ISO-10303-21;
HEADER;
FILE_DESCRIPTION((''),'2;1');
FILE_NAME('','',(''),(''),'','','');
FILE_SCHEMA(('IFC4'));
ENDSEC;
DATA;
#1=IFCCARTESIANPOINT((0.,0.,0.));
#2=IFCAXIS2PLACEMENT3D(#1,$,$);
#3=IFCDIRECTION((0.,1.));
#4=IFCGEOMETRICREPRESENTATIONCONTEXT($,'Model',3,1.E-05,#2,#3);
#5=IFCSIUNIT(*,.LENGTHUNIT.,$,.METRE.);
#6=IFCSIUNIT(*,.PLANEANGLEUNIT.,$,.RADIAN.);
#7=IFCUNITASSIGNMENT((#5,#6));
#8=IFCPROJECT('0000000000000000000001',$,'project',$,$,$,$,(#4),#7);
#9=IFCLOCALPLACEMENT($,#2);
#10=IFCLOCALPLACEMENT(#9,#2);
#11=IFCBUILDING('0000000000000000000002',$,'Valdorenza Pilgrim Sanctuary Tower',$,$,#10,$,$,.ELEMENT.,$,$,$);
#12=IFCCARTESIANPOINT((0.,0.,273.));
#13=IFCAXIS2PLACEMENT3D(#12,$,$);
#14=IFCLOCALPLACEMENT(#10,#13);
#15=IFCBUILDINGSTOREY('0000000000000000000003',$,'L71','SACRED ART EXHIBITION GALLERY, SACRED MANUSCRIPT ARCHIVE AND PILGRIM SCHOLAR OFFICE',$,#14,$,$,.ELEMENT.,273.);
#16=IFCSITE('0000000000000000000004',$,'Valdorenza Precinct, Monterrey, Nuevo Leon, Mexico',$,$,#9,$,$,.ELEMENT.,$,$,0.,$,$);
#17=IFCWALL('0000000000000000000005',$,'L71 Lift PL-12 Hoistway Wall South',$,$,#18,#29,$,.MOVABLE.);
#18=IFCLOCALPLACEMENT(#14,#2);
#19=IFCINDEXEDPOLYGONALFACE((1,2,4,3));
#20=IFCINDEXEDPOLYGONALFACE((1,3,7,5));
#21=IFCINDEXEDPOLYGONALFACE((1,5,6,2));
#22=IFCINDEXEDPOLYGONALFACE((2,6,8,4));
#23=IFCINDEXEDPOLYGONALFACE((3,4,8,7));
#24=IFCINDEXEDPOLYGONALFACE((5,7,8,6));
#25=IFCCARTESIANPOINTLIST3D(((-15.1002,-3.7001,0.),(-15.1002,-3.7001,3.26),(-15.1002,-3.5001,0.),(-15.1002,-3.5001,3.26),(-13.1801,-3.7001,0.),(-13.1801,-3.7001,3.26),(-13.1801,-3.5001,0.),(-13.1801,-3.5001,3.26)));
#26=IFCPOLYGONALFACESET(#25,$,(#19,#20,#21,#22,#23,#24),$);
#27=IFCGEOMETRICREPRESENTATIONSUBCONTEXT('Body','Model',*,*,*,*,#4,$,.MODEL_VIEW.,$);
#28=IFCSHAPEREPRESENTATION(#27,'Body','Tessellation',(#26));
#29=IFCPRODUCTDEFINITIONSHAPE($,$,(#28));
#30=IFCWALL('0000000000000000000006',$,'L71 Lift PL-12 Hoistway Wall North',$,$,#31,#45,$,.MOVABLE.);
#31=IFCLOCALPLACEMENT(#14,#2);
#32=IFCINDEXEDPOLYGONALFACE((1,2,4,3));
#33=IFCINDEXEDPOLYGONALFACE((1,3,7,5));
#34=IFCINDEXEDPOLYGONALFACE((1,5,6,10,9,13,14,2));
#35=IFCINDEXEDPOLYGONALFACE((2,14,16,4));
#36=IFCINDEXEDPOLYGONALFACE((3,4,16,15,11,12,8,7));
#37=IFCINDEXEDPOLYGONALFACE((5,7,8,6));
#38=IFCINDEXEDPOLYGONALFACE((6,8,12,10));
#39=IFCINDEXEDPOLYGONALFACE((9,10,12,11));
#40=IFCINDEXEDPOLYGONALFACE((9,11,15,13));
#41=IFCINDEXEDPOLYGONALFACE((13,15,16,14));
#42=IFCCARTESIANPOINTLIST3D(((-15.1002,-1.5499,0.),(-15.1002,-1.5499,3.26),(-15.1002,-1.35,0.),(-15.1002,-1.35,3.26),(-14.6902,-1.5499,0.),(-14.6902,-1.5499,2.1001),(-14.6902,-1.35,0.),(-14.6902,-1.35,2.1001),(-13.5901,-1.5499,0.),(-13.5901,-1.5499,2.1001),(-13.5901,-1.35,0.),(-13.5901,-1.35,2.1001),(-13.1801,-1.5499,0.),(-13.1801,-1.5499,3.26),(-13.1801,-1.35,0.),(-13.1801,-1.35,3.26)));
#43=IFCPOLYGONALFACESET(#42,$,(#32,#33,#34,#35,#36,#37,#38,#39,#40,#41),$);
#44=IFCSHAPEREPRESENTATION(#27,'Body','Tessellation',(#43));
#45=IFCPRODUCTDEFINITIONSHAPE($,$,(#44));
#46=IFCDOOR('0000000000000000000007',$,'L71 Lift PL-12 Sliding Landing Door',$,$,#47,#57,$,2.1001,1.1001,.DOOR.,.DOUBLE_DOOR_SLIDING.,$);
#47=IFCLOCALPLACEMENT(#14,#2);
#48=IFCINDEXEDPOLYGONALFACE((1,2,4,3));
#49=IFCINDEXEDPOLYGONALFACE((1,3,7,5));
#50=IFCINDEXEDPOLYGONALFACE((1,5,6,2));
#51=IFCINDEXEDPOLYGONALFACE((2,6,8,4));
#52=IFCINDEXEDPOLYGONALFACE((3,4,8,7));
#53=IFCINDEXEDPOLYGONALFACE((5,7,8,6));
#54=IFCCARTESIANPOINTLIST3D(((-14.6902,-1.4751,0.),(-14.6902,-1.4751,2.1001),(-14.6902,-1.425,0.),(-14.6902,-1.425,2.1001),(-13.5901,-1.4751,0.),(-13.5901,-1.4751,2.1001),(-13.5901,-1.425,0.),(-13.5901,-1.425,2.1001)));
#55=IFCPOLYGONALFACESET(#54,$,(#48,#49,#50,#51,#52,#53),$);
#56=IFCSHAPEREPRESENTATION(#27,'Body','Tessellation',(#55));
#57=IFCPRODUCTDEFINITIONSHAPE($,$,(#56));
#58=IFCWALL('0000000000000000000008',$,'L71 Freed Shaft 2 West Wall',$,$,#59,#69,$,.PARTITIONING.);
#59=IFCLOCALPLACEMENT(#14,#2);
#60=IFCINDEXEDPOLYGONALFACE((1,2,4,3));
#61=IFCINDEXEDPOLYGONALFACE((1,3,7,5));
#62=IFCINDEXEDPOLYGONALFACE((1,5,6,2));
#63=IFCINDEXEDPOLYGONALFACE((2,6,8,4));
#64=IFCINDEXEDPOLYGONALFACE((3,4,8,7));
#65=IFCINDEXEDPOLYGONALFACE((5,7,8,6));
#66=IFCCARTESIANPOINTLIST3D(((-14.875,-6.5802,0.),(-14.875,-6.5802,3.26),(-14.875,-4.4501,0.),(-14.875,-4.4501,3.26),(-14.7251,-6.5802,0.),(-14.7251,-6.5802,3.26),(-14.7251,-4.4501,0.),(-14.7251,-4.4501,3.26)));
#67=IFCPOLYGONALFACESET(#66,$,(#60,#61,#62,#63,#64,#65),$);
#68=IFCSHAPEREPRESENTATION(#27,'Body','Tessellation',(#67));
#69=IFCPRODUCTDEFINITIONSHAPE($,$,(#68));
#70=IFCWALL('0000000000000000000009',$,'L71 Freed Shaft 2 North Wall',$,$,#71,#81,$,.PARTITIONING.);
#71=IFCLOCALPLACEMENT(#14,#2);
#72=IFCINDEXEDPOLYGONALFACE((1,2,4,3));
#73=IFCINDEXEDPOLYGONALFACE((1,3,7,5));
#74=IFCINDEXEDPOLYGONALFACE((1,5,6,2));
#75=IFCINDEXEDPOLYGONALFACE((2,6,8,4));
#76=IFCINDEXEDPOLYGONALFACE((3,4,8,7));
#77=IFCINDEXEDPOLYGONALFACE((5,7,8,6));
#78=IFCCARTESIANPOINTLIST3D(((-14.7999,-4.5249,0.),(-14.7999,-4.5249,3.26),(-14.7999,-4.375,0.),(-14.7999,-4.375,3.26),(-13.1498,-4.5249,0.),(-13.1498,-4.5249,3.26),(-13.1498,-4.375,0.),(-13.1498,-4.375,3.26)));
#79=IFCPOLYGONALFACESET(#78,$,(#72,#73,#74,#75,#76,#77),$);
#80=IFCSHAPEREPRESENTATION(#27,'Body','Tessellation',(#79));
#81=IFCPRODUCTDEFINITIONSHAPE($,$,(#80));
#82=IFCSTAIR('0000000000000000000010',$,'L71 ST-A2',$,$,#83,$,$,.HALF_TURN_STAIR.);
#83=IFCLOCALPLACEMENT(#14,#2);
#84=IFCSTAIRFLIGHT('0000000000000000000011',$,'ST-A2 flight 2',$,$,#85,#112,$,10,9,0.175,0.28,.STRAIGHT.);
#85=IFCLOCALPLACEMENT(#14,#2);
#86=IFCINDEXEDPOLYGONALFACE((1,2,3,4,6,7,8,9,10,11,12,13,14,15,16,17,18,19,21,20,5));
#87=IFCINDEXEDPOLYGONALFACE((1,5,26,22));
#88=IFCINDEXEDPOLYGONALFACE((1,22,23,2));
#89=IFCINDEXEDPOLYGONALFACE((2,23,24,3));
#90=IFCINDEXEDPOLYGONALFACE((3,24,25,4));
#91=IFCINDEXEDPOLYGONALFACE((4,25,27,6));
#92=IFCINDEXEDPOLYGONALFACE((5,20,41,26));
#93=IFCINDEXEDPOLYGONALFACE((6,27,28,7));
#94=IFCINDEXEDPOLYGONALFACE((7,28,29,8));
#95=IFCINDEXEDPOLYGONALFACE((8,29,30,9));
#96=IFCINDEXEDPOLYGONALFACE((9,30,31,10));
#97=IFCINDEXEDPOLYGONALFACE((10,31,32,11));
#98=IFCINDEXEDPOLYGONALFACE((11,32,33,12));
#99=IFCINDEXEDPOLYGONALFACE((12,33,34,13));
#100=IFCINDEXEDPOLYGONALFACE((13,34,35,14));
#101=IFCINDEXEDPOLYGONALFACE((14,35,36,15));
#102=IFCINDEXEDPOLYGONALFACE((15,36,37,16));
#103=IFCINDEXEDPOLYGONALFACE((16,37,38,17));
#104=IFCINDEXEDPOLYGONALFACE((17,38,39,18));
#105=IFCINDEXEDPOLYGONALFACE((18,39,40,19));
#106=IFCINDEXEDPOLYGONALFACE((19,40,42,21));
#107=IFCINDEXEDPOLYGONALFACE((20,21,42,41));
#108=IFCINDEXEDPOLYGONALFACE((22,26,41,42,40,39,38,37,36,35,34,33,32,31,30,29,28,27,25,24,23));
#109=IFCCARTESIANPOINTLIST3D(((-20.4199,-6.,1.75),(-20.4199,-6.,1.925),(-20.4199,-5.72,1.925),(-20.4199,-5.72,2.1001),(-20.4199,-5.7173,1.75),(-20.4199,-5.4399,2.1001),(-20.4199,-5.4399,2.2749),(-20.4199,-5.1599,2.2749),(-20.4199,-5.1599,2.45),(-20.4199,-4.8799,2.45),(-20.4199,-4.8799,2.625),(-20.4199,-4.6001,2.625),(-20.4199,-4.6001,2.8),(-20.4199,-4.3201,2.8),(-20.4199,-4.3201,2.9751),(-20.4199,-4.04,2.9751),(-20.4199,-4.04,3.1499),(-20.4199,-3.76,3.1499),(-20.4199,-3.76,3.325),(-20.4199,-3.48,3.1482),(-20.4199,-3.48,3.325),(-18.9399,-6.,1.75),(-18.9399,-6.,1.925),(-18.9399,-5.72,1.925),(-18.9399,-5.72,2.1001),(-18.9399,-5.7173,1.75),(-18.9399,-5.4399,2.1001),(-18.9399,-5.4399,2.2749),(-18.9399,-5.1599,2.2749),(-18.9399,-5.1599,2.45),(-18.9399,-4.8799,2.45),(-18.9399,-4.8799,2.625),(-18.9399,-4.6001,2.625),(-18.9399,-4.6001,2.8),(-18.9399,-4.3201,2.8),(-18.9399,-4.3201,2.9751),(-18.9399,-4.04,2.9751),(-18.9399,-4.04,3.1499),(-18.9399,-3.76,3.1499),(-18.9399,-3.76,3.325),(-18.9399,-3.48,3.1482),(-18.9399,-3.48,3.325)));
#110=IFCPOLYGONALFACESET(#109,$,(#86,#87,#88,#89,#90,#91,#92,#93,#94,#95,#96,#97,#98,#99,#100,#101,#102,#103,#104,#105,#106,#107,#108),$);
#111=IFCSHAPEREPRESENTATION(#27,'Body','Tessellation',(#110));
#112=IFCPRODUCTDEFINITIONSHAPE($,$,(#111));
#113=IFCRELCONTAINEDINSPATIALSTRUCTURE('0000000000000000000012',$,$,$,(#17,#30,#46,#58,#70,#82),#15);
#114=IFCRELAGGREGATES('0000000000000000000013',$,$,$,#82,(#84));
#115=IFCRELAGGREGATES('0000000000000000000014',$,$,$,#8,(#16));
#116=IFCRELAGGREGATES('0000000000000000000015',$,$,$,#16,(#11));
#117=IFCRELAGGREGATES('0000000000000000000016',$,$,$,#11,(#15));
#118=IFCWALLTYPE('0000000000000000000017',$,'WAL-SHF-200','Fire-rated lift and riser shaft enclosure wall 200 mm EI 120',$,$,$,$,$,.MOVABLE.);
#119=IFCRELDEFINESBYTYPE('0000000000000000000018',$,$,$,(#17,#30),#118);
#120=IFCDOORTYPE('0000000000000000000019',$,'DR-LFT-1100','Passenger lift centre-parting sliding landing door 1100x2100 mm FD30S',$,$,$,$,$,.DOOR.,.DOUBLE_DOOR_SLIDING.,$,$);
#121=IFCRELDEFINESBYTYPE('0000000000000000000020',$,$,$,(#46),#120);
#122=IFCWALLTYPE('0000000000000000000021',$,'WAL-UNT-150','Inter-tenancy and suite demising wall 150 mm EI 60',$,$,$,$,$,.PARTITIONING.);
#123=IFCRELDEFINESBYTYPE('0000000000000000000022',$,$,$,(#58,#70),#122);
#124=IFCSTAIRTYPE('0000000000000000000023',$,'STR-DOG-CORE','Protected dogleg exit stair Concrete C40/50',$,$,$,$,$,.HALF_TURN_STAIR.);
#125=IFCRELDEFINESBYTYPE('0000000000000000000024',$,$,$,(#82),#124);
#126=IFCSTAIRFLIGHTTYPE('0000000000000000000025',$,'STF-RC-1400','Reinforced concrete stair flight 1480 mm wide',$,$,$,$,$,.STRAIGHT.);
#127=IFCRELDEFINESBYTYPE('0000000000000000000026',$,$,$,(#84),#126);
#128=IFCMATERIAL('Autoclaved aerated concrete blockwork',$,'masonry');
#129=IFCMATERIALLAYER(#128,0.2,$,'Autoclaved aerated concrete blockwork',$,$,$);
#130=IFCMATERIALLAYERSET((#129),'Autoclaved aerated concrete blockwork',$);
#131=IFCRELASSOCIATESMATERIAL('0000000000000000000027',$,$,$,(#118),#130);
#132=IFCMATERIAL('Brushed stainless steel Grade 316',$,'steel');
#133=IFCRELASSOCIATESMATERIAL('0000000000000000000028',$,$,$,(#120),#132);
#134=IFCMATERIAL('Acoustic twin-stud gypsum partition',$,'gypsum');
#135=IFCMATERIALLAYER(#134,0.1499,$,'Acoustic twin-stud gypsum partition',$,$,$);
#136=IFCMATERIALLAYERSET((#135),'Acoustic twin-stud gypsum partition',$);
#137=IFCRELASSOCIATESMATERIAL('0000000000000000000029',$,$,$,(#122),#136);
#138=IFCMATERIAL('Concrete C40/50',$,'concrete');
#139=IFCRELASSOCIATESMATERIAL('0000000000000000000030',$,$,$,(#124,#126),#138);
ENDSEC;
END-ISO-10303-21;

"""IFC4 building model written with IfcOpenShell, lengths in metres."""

from ifc_helpers import new_model, si_unit, direction, frame, frame_2d, origin, place, context, subcontext, project, spatial, polyline, rectangle, outline, extrude, material, layer, layer_set, type_object, element, fill, aggregate, save


model = new_model("IFC4")

# Units and contexts
model_context = context("Model", 3, precision=1e-05, world=origin(), true_north=direction((0.0, 1.0)))
body_context = subcontext(model_context, "Body", "Model", "MODEL_VIEW")
ifc_project = project(units=[si_unit("LENGTHUNIT", "METRE"), si_unit("PLANEANGLEUNIT", "RADIAN")], contexts=[model_context])

# Site, building, storey
site_placement = place(None, origin())
site = spatial("IfcSite", under=ifc_project, at=site_placement, Name="Valdorenza Precinct, Monterrey, Nuevo Leon, Mexico", CompositionType="ELEMENT", RefElevation=0.0)
building_placement = place(site_placement, origin())
building = spatial("IfcBuilding", under=site, at=building_placement, Name="Valdorenza Pilgrim Sanctuary Tower", CompositionType="ELEMENT")
storey_placement = place(building_placement, frame((0.0, 0.0, 273.0)))
storey = spatial("IfcBuildingStorey", under=building, at=storey_placement, Name="L71", Description="SACRED ART EXHIBITION GALLERY, SACRED MANUSCRIPT ARCHIVE AND PILGRIM SCHOLAR OFFICE", CompositionType="ELEMENT", Elevation=273.0)

# Shared definitions
ifc_material_1 = material(Name="Acoustic twin-stud gypsum partition", Category="gypsum")

# Shared definitions
ifc_material_2 = material(Name="Autoclaved aerated concrete blockwork", Category="masonry")
ifc_layer_1 = layer(ifc_material_2, 0.2, Name="Autoclaved aerated concrete blockwork")
ifc_layer_set_1 = layer_set([ifc_layer_1], Name="Autoclaved aerated concrete blockwork")
wall_type_1 = type_object("IfcWallType", Name="WAL-SHF-200", Description="Fire-rated lift and riser shaft enclosure wall 200 mm EI 120", PredefinedType="MOVABLE", material=ifc_layer_set_1)

# Shared definitions
ifc_material_3 = material(Name="Brushed stainless steel Grade 316", Category="steel")

# Shared definitions
door_type_1 = type_object("IfcDoorType", Name="DR-LFT-1100", Description="Passenger lift centre-parting sliding landing door 1100x2100 mm FD30S", OperationType="DOUBLE_DOOR_SLIDING", PredefinedType="DOOR", material=ifc_material_3)

# Wall
wall_1_placement = place(storey_placement, frame((-15.1001, -3.6001, 0.0), z_axis=(0.0, 0.0, 1.0), x_axis=(1.0, 0.0, 0.0)))
element("IfcWall", 1, at=wall_1_placement, inside=storey, type_object=wall_type_1, Name="L71 Lift PL-12 Hoistway Wall South", PredefinedType="MOVABLE", context=body_context, shape_type="SweptSolid", body=[
    extrude(rectangle(XDim=1.9202, YDim=0.2, at=frame_2d((0.96, 0.0))), origin(), (0.0, 0.0, 1.0), 3.26),
])

# Wall, opening, door
wall_2_placement = place(storey_placement, frame((-15.1001, -1.45, 0.0), z_axis=(0.0, 0.0, 1.0), x_axis=(1.0, 0.0, 0.0)))
wall_2 = element("IfcWall", 2, at=wall_2_placement, inside=storey, type_object=wall_type_1, Name="L71 Lift PL-12 Hoistway Wall North", PredefinedType="MOVABLE", context=body_context, shape_type="SweptSolid", body=[
    extrude(rectangle(XDim=1.9202, YDim=0.2, at=frame_2d((0.96, 0.0))), origin(), (0.0, 0.0, 1.0), 3.26),
])
opening_1_placement = place(wall_2_placement, frame((0.4099, 0.0, 0.0)))
opening_1 = element("IfcOpeningElement", 3, at=opening_1_placement, cuts=wall_2, PredefinedType="OPENING", context=body_context, shape_type="SweptSolid", body=[
    extrude(rectangle(XDim=1.1001, YDim=2.1001, at=frame_2d((0.55, 1.05))), frame((0.0, 0.1147, 0.0), z_axis=(0.0, -1.0, 0.0), x_axis=(1.0, 0.0, 0.0)), (0.0, 0.0, 1.0), 0.2297),
])
door_1_placement = place(opening_1_placement, origin())
door_1 = element("IfcDoor", 4, at=door_1_placement, inside=storey, type_object=door_type_1, Name="L71 Lift PL-12 Sliding Landing Door", OperationType="DOUBLE_DOOR_SLIDING", OverallHeight=2.1001, OverallWidth=1.1001, PredefinedType="DOOR", context=body_context, shape_type="SweptSolid", body=[
    extrude(rectangle(XDim=1.1001, YDim=2.1001, at=frame_2d((0.55, 1.05))), frame((0.0, 0.0249, 0.0), z_axis=(0.0, -1.0, 0.0), x_axis=(1.0, 0.0, 0.0)), (0.0, 0.0, 1.0), 0.05),
])
fill(opening_1, door_1)

# Walls
ifc_layer_2 = layer(ifc_material_1, 0.1499, Name="Acoustic twin-stud gypsum partition")
ifc_layer_set_2 = layer_set([ifc_layer_2], Name="Acoustic twin-stud gypsum partition")
wall_type_2 = type_object("IfcWallType", Name="WAL-UNT-150", Description="Inter-tenancy and suite demising wall 150 mm EI 60", PredefinedType="PARTITIONING", material=ifc_layer_set_2)
wall_3_placement = place(storey_placement, frame((-14.8, -6.5801, 0.0), z_axis=(0.0, 0.0, 1.0), x_axis=(0.0, 1.0, 0.0)))
element("IfcWall", 5, at=wall_3_placement, inside=storey, type_object=wall_type_2, Name="L71 Freed Shaft 2 West Wall", PredefinedType="PARTITIONING", context=body_context, shape_type="SweptSolid", body=[
    extrude(rectangle(XDim=2.1301, YDim=0.1499, at=frame_2d((1.0649, 0.0))), origin(), (0.0, 0.0, 1.0), 3.26),
])
wall_4_placement = place(storey_placement, frame((-14.8, -4.45, 0.0), z_axis=(0.0, 0.0, 1.0), x_axis=(1.0, 0.0, 0.0)))
element("IfcWall", 6, at=wall_4_placement, inside=storey, type_object=wall_type_2, Name="L71 Freed Shaft 2 North Wall", PredefinedType="PARTITIONING", context=body_context, shape_type="SweptSolid", body=[
    extrude(rectangle(XDim=1.6501, YDim=0.1499, at=frame_2d((0.8252, 0.0))), origin(), (0.0, 0.0, 1.0), 3.26),
])

# Stair, stair flight
ifc_material_4 = material(Name="Concrete C40/50", Category="concrete")
stair_type = type_object("IfcStairType", Name="STR-DOG-CORE", Description="Protected dogleg exit stair Concrete C40/50", PredefinedType="HALF_TURN_STAIR", material=ifc_material_4)
stair_placement = place(storey_placement, origin())
stair = element("IfcStair", 7, at=stair_placement, inside=storey, type_object=stair_type, Name="L71 ST-A2", PredefinedType="HALF_TURN_STAIR")
stair_flight_type = type_object("IfcStairFlightType", Name="STF-RC-1400", Description="Reinforced concrete stair flight 1480 mm wide", PredefinedType="STRAIGHT", material=ifc_material_4)
stair_flight_placement = place(storey_placement, frame((-19.6799, -6.0, 1.75), z_axis=(0.0, 0.0, 1.0), x_axis=(0.0, 1.0, 0.0)))
stair_flight = element("IfcStairFlight", 8, at=stair_flight_placement, type_object=stair_flight_type, Name="ST-A2 flight 2", NumberOfRisers=10, NumberOfTreads=9, PredefinedType="STRAIGHT", RiserHeight=0.175, TreadLength=0.28, context=body_context, shape_type="SweptSolid", body=[
    extrude(outline(polyline([(0.0, 0.0), (0.0, 0.175), (0.28, 0.175), (0.28, 0.3501), (0.5601, 0.3501), (0.5601, 0.5249), (0.8401, 0.5249), (0.8401, 0.7), (1.1201, 0.7), (1.1201, 0.875), (1.3999, 0.875), (1.3999, 1.05), (1.6799, 1.05), (1.6799, 1.2251), (1.96, 1.2251), (1.96, 1.3999), (2.24, 1.3999), (2.24, 1.575), (2.52, 1.575), (2.52, 1.75), (2.52, 1.3982), (0.2827, 0.0), (0.0, 0.0)])), frame((0.0, 0.74, 0.0), z_axis=(0.0, -1.0, 0.0), x_axis=(1.0, 0.0, 0.0)), (0.0, 0.0, 1.0), 1.48),
])
aggregate(stair, [stair_flight])

save(model, "model.ifc")
